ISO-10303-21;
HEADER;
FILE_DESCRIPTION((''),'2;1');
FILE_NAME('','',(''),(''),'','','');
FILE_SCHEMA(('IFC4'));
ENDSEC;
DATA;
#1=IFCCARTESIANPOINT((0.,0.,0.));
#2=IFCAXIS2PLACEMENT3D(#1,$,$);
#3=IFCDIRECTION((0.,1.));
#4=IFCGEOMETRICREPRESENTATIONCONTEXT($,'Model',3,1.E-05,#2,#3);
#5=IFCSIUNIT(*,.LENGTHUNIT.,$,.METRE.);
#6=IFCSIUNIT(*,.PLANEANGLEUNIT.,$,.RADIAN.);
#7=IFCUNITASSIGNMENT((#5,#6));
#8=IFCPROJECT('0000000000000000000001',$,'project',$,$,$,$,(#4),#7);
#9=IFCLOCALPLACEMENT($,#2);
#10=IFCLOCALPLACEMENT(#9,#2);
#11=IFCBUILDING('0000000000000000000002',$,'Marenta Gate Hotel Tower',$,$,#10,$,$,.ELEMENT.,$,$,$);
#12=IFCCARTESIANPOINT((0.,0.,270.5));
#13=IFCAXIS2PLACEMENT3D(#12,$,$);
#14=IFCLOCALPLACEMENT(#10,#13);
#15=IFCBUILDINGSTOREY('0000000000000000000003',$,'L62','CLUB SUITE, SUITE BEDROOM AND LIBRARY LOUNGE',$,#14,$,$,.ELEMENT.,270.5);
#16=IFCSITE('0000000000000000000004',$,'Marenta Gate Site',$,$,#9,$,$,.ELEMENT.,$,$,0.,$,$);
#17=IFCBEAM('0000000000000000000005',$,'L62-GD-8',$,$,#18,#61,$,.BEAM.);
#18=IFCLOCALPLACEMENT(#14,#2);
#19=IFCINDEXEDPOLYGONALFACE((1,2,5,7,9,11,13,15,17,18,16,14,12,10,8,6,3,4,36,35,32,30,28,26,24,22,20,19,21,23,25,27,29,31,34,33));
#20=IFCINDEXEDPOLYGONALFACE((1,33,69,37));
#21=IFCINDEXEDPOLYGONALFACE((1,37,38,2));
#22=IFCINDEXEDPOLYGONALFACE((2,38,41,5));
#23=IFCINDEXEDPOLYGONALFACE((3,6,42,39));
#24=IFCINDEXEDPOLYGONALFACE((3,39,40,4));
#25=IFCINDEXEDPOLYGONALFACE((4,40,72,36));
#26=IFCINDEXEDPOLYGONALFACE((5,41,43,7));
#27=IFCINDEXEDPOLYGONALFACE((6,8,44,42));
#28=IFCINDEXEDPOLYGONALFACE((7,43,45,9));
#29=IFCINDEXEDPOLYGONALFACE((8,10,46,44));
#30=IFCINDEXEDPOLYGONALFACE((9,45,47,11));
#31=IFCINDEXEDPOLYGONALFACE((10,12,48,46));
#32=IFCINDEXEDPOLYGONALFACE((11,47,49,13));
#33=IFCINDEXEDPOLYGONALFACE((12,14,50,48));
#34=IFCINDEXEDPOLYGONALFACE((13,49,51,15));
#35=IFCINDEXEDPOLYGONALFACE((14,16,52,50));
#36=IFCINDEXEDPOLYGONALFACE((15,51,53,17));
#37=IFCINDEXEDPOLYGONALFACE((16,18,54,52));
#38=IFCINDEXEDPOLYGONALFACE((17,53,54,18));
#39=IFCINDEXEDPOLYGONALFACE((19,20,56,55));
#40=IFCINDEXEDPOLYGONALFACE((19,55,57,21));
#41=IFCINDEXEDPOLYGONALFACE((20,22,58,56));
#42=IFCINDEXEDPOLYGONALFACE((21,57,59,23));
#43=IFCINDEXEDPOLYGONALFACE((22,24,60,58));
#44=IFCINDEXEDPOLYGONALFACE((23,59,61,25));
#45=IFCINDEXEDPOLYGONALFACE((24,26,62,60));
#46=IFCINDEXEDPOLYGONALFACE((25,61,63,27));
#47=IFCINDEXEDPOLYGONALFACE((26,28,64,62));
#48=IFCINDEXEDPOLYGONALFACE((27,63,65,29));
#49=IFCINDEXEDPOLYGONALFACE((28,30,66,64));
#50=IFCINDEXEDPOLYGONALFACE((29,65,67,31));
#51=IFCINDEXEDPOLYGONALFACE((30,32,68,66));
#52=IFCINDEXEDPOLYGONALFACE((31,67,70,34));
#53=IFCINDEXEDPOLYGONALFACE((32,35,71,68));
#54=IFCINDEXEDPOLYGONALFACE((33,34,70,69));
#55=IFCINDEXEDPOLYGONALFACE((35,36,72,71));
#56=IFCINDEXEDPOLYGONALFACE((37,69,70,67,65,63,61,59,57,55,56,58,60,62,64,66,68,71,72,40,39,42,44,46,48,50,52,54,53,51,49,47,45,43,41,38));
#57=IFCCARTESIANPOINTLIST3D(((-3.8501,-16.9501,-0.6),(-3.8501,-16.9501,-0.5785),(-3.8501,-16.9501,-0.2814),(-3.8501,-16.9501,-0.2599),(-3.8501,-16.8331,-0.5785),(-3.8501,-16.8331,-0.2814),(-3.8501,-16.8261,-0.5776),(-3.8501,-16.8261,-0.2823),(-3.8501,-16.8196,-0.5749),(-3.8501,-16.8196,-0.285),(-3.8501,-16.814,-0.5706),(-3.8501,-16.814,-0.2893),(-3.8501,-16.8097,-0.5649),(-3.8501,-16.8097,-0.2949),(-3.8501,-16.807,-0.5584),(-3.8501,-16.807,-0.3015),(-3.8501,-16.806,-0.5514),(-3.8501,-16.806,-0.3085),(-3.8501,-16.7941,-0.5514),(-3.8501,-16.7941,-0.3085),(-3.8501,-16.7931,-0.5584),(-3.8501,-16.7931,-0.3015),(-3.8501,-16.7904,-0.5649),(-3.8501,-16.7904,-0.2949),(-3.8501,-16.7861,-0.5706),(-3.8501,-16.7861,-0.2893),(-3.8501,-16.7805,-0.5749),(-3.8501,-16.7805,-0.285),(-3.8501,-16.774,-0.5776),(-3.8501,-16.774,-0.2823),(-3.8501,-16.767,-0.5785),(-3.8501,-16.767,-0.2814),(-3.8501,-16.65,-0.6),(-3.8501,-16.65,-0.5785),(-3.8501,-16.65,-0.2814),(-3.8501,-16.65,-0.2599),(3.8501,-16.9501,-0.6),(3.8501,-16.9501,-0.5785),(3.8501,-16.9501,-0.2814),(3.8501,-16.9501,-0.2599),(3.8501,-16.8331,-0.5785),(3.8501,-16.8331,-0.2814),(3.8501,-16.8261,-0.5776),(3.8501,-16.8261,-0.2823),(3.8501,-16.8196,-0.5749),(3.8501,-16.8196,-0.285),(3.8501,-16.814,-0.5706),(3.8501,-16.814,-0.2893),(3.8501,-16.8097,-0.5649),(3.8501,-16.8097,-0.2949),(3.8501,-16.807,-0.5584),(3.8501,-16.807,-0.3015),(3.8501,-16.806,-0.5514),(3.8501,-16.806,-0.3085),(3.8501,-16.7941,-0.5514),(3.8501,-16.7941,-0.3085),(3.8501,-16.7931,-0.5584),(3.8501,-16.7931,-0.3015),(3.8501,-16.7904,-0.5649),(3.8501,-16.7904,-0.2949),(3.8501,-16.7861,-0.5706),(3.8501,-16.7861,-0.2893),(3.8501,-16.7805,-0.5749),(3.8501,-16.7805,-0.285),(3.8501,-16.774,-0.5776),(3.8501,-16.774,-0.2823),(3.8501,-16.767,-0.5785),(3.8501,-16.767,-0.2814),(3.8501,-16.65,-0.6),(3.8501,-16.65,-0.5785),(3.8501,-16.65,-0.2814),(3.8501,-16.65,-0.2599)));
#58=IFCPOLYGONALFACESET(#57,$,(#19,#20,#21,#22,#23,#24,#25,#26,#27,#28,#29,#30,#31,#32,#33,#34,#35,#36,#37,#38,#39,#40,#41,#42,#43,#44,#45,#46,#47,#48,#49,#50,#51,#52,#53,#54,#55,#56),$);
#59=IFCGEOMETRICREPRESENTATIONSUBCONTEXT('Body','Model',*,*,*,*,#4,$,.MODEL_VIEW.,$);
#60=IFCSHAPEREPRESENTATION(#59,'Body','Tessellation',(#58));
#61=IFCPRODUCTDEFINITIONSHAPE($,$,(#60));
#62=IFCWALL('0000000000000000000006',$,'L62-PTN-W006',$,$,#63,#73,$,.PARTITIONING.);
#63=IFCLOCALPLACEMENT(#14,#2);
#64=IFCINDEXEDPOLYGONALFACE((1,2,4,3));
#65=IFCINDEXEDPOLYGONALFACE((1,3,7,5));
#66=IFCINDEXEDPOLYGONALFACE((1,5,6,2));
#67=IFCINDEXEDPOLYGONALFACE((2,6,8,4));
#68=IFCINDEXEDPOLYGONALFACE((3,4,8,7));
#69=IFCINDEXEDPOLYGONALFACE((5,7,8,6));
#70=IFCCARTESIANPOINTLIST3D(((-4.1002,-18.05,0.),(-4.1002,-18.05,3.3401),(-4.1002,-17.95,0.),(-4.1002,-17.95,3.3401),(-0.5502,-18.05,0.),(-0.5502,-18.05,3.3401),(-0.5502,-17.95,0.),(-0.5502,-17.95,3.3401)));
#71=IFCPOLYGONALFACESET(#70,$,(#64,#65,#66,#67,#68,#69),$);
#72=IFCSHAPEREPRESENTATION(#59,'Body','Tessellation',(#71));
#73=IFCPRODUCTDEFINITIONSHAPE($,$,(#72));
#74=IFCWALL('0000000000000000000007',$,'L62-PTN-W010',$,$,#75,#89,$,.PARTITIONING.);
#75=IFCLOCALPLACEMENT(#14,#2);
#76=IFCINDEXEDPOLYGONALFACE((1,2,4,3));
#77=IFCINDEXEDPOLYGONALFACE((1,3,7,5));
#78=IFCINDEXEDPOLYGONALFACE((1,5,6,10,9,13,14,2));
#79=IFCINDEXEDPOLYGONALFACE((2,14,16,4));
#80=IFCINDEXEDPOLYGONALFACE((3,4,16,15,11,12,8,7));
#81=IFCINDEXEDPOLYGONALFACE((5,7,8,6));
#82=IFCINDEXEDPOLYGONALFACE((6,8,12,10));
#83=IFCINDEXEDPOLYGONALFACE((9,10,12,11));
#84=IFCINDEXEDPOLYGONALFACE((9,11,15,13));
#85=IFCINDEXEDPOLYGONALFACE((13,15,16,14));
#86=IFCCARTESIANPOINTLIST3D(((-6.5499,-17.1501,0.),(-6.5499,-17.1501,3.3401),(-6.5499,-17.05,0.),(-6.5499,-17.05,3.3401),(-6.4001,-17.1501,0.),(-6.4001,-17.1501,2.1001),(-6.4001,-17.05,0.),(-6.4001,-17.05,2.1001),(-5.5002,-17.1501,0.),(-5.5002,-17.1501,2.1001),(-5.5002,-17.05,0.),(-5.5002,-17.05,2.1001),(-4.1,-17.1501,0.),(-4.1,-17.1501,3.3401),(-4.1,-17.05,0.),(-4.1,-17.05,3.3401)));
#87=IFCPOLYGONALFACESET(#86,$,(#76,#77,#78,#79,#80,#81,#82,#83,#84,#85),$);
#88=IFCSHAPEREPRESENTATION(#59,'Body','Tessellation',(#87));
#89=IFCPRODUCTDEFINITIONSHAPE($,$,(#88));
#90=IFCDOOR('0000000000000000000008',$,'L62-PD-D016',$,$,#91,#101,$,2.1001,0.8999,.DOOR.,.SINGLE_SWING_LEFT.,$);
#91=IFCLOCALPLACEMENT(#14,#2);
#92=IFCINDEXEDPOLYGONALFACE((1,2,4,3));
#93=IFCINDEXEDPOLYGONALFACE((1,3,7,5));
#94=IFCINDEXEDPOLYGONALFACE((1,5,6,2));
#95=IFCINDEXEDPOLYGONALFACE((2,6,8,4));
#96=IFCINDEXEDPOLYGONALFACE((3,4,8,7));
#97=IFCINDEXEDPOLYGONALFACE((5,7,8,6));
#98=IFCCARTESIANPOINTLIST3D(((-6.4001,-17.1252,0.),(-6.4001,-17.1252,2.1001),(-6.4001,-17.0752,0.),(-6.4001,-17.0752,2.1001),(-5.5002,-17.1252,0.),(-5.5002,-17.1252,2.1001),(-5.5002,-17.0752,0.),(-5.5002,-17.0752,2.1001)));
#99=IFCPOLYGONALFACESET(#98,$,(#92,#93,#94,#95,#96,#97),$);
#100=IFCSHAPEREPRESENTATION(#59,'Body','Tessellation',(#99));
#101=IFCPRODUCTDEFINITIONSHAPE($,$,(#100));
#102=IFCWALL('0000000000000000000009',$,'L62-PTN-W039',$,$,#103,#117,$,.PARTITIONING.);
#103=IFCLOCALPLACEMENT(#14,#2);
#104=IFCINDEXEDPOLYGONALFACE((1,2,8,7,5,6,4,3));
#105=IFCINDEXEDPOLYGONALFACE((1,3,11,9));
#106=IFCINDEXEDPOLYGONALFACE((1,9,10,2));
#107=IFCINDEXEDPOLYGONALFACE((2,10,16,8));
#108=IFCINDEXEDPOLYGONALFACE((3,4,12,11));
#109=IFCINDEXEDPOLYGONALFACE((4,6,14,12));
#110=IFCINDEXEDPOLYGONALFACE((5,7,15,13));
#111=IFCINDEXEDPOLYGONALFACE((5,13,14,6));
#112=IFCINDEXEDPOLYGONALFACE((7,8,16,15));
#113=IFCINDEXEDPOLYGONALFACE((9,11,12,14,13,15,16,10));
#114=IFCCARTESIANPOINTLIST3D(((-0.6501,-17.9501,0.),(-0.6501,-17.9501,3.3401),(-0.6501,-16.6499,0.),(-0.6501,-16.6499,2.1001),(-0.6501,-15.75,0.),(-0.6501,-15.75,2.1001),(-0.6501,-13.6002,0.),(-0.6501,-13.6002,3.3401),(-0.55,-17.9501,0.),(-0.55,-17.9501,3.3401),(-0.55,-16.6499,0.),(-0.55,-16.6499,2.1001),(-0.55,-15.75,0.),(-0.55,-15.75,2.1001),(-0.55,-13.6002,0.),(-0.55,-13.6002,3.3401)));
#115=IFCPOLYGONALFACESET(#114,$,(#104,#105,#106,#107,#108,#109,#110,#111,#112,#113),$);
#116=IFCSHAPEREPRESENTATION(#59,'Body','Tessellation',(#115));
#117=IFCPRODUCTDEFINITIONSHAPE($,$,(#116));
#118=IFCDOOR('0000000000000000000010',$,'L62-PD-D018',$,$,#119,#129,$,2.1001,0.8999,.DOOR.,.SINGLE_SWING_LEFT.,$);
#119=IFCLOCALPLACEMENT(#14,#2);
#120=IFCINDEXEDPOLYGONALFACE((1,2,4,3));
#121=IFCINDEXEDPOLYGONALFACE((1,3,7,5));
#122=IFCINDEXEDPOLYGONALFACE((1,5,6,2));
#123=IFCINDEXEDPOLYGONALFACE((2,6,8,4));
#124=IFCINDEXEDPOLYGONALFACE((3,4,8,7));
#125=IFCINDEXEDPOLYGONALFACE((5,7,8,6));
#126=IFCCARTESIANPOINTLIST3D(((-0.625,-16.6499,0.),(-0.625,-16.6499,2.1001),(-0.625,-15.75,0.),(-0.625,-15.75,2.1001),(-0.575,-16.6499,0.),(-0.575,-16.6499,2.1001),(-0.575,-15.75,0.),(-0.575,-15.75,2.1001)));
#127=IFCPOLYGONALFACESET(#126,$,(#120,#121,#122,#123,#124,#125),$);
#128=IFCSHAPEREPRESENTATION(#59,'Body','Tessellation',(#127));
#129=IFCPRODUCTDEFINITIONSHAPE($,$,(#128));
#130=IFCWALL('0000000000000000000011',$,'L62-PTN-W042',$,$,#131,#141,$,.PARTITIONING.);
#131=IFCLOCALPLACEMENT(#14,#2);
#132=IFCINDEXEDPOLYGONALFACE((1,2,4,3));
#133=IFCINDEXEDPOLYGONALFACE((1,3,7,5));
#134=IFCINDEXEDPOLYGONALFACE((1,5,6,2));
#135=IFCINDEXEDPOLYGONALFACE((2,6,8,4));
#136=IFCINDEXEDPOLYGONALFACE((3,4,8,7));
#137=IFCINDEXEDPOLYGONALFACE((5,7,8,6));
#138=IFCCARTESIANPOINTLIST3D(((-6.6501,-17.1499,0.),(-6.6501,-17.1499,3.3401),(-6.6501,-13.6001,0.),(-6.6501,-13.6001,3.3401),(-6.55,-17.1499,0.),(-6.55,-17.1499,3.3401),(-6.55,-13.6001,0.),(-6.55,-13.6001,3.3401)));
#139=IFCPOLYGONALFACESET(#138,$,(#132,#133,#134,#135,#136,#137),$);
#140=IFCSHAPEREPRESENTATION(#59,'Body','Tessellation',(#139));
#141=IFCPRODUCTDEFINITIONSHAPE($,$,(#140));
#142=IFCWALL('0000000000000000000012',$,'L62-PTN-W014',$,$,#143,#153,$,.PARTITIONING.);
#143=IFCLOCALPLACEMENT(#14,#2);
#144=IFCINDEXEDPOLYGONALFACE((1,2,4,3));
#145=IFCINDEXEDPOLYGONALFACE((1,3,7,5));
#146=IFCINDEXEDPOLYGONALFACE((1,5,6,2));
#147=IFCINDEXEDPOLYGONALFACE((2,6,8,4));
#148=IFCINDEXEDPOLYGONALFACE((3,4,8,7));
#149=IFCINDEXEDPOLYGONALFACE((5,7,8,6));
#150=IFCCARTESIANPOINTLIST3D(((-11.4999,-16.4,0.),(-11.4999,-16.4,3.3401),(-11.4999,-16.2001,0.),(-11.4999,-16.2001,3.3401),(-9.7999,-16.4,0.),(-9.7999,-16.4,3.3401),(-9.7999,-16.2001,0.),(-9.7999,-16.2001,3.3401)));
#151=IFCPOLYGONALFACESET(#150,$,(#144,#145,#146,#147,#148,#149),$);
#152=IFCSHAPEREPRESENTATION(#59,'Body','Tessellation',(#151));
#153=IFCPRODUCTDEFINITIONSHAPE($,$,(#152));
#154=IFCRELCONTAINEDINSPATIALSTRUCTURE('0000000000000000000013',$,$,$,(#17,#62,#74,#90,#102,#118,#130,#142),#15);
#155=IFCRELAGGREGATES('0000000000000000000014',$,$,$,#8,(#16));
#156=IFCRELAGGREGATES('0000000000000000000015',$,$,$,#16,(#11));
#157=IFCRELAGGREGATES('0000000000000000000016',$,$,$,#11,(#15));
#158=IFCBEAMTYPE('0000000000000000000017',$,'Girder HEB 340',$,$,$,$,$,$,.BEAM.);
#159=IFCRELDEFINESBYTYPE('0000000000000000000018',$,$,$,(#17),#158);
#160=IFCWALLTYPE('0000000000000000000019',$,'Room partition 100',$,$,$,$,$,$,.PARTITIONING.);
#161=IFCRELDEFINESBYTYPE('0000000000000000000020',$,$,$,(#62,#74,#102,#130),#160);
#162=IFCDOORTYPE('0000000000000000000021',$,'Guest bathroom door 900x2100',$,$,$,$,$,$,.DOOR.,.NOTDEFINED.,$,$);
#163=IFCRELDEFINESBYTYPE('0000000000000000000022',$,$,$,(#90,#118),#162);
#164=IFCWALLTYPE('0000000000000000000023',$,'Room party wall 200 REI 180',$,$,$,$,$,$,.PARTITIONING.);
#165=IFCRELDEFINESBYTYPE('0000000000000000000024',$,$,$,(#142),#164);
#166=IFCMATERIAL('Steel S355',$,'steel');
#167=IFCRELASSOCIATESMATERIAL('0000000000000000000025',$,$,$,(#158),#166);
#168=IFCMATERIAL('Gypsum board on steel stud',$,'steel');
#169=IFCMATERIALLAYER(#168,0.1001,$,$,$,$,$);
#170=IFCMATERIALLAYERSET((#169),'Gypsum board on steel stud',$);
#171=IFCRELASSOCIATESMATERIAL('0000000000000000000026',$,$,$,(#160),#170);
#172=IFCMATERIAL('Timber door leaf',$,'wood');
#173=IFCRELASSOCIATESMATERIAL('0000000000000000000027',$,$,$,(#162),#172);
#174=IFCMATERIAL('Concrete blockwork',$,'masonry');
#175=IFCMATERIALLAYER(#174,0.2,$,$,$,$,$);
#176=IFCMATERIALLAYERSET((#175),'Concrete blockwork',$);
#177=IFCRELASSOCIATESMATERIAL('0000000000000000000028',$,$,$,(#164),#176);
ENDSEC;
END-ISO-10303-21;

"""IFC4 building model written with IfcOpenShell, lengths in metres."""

from ifc_helpers import new_model, si_unit, direction, frame, frame_2d, origin, origin_2d, place, context, subcontext, project, spatial, rectangle, i_section, extrude, material, layer, layer_set, material_profile, profile_set, type_object, element, fill, save


model = new_model("IFC4")

# Units and contexts
model_context = context("Model", 3, precision=1e-05, world=origin(), true_north=direction((0.0, 1.0)))
body_context = subcontext(model_context, "Body", "Model", "MODEL_VIEW")
ifc_project = project(units=[si_unit("LENGTHUNIT", "METRE"), si_unit("PLANEANGLEUNIT", "RADIAN")], contexts=[model_context])

# Site, building, storey
site_placement = place(None, origin())
site = spatial("IfcSite", under=ifc_project, at=site_placement, Name="Marenta Gate Site", CompositionType="ELEMENT", RefElevation=0.0)
building_placement = place(site_placement, origin())
building = spatial("IfcBuilding", under=site, at=building_placement, Name="Marenta Gate Hotel Tower", CompositionType="ELEMENT")
storey_placement = place(building_placement, frame((0.0, 0.0, 270.5)))
storey = spatial("IfcBuildingStorey", under=building, at=storey_placement, Name="L62", Description="CLUB SUITE, SUITE BEDROOM AND LIBRARY LOUNGE", CompositionType="ELEMENT", Elevation=270.5)

# Beam
ifc_material_1 = material(Name="Steel S355", Category="steel")
ifc_material_profile_1 = material_profile(ifc_material_1, i_section(OverallWidth=0.3, OverallDepth=0.3401, WebThickness=0.012, FlangeThickness=0.0215, FilletRadius=0.0271, at=origin_2d()), Name="HEB 340")
ifc_profile_set_1 = profile_set([ifc_material_profile_1], Name="Steel S355")
beam_type = type_object("IfcBeamType", Name="Girder HEB 340", PredefinedType="BEAM", material=ifc_profile_set_1)
beam_1_placement = place(storey_placement, frame((-3.8501, -16.8, -0.4299), z_axis=(1.0, 0.0, 0.0), x_axis=(0.0, 1.0, 0.0)))
element("IfcBeam", 1, at=beam_1_placement, inside=storey, type_object=beam_type, Name="L62-GD-8", PredefinedType="BEAM", context=body_context, shape_type="SweptSolid", body=[
    extrude(i_section(OverallWidth=0.3, OverallDepth=0.3401, WebThickness=0.012, FlangeThickness=0.0215, FilletRadius=0.0271, at=origin_2d()), origin(), (0.0, 0.0, 1.0), 7.7002),
])

# Wall
ifc_material_2 = material(Name="Gypsum board on steel stud", Category="steel")
ifc_layer_1 = layer(ifc_material_2, 0.1001)
ifc_layer_set_1 = layer_set([ifc_layer_1], Name="Gypsum board on steel stud")
wall_type_1 = type_object("IfcWallType", Name="Room partition 100", PredefinedType="PARTITIONING", material=ifc_layer_set_1)
wall_1_placement = place(storey_placement, frame((-4.1001, -18.0, 0.0), z_axis=(0.0, 0.0, 1.0), x_axis=(1.0, 0.0, 0.0)))
element("IfcWall", 2, at=wall_1_placement, inside=storey, type_object=wall_type_1, Name="L62-PTN-W006", PredefinedType="PARTITIONING", context=body_context, shape_type="SweptSolid", body=[
    extrude(rectangle(XDim=3.55, YDim=0.1001, at=frame_2d((1.7749, 0.0))), origin(), (0.0, 0.0, 1.0), 3.3401),
])

# Walls, openings, doors
wall_2_placement = place(storey_placement, frame((-6.55, -17.1001, 0.0), z_axis=(0.0, 0.0, 1.0), x_axis=(1.0, 0.0, 0.0)))
wall_2 = element("IfcWall", 3, at=wall_2_placement, inside=storey, type_object=wall_type_1, Name="L62-PTN-W010", PredefinedType="PARTITIONING", context=body_context, shape_type="SweptSolid", body=[
    extrude(rectangle(XDim=2.45, YDim=0.1001, at=frame_2d((1.2251, 0.0))), origin(), (0.0, 0.0, 1.0), 3.3401),
])
opening_1_placement = place(wall_2_placement, frame((0.1499, 0.0, 0.0)))
opening_1 = element("IfcOpeningElement", 4, at=opening_1_placement, cuts=wall_2, PredefinedType="OPENING", context=body_context, shape_type="SweptSolid", body=[
    extrude(rectangle(XDim=0.8999, YDim=2.1001, at=frame_2d((0.45, 1.05))), frame((0.0, 0.05, 0.0), z_axis=(0.0, -1.0, 0.0), x_axis=(1.0, 0.0, 0.0)), (0.0, 0.0, 1.0), 0.1001),
])
ifc_material_3 = material(Name="Timber door leaf", Category="wood")
door_type = type_object("IfcDoorType", Name="Guest bathroom door 900x2100", OperationType="NOTDEFINED", PredefinedType="DOOR", material=ifc_material_3)
door_1_placement = place(opening_1_placement, origin())
door_1 = element("IfcDoor", 5, at=door_1_placement, inside=storey, type_object=door_type, Name="L62-PD-D016", OperationType="SINGLE_SWING_LEFT", OverallHeight=2.1001, OverallWidth=0.8999, PredefinedType="DOOR", context=body_context, shape_type="SweptSolid", body=[
    extrude(rectangle(XDim=0.8999, YDim=2.1001, at=frame_2d((0.45, 1.05))), frame((0.0, 0.0249, 0.0), z_axis=(0.0, -1.0, 0.0), x_axis=(1.0, 0.0, 0.0)), (0.0, 0.0, 1.0), 0.05),
])
fill(opening_1, door_1)
wall_3_placement = place(storey_placement, frame((-0.6001, -17.95, 0.0), z_axis=(0.0, 0.0, 1.0), x_axis=(0.0, 1.0, 0.0)))
wall_3 = element("IfcWall", 6, at=wall_3_placement, inside=storey, type_object=wall_type_1, Name="L62-PTN-W039", PredefinedType="PARTITIONING", context=body_context, shape_type="SweptSolid", body=[
    extrude(rectangle(XDim=4.3499, YDim=0.1001, at=frame_2d((2.1748, 0.0))), origin(), (0.0, 0.0, 1.0), 3.3401),
])
opening_2_placement = place(wall_3_placement, frame((1.3, 0.0, 0.0)))
opening_2 = element("IfcOpeningElement", 7, at=opening_2_placement, cuts=wall_3, PredefinedType="OPENING", context=body_context, shape_type="SweptSolid", body=[
    extrude(rectangle(XDim=0.8999, YDim=2.1001, at=frame_2d((0.45, 1.05))), frame((0.0, 0.05, 0.0), z_axis=(0.0, -1.0, 0.0), x_axis=(1.0, 0.0, 0.0)), (0.0, 0.0, 1.0), 0.1001),
])
door_2_placement = place(opening_2_placement, origin())
door_2 = element("IfcDoor", 8, at=door_2_placement, inside=storey, type_object=door_type, Name="L62-PD-D018", OperationType="SINGLE_SWING_LEFT", OverallHeight=2.1001, OverallWidth=0.8999, PredefinedType="DOOR", context=body_context, shape_type="SweptSolid", body=[
    extrude(rectangle(XDim=0.8999, YDim=2.1001, at=frame_2d((0.45, 1.05))), frame((0.0, 0.0249, 0.0), z_axis=(0.0, -1.0, 0.0), x_axis=(1.0, 0.0, 0.0)), (0.0, 0.0, 1.0), 0.05),
])
fill(opening_2, door_2)

# Walls
wall_4_placement = place(storey_placement, frame((-6.6001, -17.1499, 0.0), z_axis=(0.0, 0.0, 1.0), x_axis=(0.0, 1.0, 0.0)))
element("IfcWall", 9, at=wall_4_placement, inside=storey, type_object=wall_type_1, Name="L62-PTN-W042", PredefinedType="PARTITIONING", context=body_context, shape_type="SweptSolid", body=[
    extrude(rectangle(XDim=3.5498, YDim=0.1001, at=frame_2d((1.7749, 0.0))), origin(), (0.0, 0.0, 1.0), 3.3401),
])
ifc_material_4 = material(Name="Concrete blockwork", Category="masonry")
ifc_layer_2 = layer(ifc_material_4, 0.2)
ifc_layer_set_2 = layer_set([ifc_layer_2], Name="Concrete blockwork")
wall_type_2 = type_object("IfcWallType", Name="Room party wall 200 REI 180", PredefinedType="PARTITIONING", material=ifc_layer_set_2)
wall_5_placement = place(storey_placement, frame((-11.5, -16.3, 0.0), z_axis=(0.0, 0.0, 1.0), x_axis=(1.0, 0.0, 0.0)))
element("IfcWall", 10, at=wall_5_placement, inside=storey, type_object=wall_type_2, Name="L62-PTN-W014", PredefinedType="PARTITIONING", context=body_context, shape_type="SweptSolid", body=[
    extrude(rectangle(XDim=1.7, YDim=0.2, at=frame_2d((0.8501, 0.0))), origin(), (0.0, 0.0, 1.0), 3.3401),
])

save(model, "model.ifc")
